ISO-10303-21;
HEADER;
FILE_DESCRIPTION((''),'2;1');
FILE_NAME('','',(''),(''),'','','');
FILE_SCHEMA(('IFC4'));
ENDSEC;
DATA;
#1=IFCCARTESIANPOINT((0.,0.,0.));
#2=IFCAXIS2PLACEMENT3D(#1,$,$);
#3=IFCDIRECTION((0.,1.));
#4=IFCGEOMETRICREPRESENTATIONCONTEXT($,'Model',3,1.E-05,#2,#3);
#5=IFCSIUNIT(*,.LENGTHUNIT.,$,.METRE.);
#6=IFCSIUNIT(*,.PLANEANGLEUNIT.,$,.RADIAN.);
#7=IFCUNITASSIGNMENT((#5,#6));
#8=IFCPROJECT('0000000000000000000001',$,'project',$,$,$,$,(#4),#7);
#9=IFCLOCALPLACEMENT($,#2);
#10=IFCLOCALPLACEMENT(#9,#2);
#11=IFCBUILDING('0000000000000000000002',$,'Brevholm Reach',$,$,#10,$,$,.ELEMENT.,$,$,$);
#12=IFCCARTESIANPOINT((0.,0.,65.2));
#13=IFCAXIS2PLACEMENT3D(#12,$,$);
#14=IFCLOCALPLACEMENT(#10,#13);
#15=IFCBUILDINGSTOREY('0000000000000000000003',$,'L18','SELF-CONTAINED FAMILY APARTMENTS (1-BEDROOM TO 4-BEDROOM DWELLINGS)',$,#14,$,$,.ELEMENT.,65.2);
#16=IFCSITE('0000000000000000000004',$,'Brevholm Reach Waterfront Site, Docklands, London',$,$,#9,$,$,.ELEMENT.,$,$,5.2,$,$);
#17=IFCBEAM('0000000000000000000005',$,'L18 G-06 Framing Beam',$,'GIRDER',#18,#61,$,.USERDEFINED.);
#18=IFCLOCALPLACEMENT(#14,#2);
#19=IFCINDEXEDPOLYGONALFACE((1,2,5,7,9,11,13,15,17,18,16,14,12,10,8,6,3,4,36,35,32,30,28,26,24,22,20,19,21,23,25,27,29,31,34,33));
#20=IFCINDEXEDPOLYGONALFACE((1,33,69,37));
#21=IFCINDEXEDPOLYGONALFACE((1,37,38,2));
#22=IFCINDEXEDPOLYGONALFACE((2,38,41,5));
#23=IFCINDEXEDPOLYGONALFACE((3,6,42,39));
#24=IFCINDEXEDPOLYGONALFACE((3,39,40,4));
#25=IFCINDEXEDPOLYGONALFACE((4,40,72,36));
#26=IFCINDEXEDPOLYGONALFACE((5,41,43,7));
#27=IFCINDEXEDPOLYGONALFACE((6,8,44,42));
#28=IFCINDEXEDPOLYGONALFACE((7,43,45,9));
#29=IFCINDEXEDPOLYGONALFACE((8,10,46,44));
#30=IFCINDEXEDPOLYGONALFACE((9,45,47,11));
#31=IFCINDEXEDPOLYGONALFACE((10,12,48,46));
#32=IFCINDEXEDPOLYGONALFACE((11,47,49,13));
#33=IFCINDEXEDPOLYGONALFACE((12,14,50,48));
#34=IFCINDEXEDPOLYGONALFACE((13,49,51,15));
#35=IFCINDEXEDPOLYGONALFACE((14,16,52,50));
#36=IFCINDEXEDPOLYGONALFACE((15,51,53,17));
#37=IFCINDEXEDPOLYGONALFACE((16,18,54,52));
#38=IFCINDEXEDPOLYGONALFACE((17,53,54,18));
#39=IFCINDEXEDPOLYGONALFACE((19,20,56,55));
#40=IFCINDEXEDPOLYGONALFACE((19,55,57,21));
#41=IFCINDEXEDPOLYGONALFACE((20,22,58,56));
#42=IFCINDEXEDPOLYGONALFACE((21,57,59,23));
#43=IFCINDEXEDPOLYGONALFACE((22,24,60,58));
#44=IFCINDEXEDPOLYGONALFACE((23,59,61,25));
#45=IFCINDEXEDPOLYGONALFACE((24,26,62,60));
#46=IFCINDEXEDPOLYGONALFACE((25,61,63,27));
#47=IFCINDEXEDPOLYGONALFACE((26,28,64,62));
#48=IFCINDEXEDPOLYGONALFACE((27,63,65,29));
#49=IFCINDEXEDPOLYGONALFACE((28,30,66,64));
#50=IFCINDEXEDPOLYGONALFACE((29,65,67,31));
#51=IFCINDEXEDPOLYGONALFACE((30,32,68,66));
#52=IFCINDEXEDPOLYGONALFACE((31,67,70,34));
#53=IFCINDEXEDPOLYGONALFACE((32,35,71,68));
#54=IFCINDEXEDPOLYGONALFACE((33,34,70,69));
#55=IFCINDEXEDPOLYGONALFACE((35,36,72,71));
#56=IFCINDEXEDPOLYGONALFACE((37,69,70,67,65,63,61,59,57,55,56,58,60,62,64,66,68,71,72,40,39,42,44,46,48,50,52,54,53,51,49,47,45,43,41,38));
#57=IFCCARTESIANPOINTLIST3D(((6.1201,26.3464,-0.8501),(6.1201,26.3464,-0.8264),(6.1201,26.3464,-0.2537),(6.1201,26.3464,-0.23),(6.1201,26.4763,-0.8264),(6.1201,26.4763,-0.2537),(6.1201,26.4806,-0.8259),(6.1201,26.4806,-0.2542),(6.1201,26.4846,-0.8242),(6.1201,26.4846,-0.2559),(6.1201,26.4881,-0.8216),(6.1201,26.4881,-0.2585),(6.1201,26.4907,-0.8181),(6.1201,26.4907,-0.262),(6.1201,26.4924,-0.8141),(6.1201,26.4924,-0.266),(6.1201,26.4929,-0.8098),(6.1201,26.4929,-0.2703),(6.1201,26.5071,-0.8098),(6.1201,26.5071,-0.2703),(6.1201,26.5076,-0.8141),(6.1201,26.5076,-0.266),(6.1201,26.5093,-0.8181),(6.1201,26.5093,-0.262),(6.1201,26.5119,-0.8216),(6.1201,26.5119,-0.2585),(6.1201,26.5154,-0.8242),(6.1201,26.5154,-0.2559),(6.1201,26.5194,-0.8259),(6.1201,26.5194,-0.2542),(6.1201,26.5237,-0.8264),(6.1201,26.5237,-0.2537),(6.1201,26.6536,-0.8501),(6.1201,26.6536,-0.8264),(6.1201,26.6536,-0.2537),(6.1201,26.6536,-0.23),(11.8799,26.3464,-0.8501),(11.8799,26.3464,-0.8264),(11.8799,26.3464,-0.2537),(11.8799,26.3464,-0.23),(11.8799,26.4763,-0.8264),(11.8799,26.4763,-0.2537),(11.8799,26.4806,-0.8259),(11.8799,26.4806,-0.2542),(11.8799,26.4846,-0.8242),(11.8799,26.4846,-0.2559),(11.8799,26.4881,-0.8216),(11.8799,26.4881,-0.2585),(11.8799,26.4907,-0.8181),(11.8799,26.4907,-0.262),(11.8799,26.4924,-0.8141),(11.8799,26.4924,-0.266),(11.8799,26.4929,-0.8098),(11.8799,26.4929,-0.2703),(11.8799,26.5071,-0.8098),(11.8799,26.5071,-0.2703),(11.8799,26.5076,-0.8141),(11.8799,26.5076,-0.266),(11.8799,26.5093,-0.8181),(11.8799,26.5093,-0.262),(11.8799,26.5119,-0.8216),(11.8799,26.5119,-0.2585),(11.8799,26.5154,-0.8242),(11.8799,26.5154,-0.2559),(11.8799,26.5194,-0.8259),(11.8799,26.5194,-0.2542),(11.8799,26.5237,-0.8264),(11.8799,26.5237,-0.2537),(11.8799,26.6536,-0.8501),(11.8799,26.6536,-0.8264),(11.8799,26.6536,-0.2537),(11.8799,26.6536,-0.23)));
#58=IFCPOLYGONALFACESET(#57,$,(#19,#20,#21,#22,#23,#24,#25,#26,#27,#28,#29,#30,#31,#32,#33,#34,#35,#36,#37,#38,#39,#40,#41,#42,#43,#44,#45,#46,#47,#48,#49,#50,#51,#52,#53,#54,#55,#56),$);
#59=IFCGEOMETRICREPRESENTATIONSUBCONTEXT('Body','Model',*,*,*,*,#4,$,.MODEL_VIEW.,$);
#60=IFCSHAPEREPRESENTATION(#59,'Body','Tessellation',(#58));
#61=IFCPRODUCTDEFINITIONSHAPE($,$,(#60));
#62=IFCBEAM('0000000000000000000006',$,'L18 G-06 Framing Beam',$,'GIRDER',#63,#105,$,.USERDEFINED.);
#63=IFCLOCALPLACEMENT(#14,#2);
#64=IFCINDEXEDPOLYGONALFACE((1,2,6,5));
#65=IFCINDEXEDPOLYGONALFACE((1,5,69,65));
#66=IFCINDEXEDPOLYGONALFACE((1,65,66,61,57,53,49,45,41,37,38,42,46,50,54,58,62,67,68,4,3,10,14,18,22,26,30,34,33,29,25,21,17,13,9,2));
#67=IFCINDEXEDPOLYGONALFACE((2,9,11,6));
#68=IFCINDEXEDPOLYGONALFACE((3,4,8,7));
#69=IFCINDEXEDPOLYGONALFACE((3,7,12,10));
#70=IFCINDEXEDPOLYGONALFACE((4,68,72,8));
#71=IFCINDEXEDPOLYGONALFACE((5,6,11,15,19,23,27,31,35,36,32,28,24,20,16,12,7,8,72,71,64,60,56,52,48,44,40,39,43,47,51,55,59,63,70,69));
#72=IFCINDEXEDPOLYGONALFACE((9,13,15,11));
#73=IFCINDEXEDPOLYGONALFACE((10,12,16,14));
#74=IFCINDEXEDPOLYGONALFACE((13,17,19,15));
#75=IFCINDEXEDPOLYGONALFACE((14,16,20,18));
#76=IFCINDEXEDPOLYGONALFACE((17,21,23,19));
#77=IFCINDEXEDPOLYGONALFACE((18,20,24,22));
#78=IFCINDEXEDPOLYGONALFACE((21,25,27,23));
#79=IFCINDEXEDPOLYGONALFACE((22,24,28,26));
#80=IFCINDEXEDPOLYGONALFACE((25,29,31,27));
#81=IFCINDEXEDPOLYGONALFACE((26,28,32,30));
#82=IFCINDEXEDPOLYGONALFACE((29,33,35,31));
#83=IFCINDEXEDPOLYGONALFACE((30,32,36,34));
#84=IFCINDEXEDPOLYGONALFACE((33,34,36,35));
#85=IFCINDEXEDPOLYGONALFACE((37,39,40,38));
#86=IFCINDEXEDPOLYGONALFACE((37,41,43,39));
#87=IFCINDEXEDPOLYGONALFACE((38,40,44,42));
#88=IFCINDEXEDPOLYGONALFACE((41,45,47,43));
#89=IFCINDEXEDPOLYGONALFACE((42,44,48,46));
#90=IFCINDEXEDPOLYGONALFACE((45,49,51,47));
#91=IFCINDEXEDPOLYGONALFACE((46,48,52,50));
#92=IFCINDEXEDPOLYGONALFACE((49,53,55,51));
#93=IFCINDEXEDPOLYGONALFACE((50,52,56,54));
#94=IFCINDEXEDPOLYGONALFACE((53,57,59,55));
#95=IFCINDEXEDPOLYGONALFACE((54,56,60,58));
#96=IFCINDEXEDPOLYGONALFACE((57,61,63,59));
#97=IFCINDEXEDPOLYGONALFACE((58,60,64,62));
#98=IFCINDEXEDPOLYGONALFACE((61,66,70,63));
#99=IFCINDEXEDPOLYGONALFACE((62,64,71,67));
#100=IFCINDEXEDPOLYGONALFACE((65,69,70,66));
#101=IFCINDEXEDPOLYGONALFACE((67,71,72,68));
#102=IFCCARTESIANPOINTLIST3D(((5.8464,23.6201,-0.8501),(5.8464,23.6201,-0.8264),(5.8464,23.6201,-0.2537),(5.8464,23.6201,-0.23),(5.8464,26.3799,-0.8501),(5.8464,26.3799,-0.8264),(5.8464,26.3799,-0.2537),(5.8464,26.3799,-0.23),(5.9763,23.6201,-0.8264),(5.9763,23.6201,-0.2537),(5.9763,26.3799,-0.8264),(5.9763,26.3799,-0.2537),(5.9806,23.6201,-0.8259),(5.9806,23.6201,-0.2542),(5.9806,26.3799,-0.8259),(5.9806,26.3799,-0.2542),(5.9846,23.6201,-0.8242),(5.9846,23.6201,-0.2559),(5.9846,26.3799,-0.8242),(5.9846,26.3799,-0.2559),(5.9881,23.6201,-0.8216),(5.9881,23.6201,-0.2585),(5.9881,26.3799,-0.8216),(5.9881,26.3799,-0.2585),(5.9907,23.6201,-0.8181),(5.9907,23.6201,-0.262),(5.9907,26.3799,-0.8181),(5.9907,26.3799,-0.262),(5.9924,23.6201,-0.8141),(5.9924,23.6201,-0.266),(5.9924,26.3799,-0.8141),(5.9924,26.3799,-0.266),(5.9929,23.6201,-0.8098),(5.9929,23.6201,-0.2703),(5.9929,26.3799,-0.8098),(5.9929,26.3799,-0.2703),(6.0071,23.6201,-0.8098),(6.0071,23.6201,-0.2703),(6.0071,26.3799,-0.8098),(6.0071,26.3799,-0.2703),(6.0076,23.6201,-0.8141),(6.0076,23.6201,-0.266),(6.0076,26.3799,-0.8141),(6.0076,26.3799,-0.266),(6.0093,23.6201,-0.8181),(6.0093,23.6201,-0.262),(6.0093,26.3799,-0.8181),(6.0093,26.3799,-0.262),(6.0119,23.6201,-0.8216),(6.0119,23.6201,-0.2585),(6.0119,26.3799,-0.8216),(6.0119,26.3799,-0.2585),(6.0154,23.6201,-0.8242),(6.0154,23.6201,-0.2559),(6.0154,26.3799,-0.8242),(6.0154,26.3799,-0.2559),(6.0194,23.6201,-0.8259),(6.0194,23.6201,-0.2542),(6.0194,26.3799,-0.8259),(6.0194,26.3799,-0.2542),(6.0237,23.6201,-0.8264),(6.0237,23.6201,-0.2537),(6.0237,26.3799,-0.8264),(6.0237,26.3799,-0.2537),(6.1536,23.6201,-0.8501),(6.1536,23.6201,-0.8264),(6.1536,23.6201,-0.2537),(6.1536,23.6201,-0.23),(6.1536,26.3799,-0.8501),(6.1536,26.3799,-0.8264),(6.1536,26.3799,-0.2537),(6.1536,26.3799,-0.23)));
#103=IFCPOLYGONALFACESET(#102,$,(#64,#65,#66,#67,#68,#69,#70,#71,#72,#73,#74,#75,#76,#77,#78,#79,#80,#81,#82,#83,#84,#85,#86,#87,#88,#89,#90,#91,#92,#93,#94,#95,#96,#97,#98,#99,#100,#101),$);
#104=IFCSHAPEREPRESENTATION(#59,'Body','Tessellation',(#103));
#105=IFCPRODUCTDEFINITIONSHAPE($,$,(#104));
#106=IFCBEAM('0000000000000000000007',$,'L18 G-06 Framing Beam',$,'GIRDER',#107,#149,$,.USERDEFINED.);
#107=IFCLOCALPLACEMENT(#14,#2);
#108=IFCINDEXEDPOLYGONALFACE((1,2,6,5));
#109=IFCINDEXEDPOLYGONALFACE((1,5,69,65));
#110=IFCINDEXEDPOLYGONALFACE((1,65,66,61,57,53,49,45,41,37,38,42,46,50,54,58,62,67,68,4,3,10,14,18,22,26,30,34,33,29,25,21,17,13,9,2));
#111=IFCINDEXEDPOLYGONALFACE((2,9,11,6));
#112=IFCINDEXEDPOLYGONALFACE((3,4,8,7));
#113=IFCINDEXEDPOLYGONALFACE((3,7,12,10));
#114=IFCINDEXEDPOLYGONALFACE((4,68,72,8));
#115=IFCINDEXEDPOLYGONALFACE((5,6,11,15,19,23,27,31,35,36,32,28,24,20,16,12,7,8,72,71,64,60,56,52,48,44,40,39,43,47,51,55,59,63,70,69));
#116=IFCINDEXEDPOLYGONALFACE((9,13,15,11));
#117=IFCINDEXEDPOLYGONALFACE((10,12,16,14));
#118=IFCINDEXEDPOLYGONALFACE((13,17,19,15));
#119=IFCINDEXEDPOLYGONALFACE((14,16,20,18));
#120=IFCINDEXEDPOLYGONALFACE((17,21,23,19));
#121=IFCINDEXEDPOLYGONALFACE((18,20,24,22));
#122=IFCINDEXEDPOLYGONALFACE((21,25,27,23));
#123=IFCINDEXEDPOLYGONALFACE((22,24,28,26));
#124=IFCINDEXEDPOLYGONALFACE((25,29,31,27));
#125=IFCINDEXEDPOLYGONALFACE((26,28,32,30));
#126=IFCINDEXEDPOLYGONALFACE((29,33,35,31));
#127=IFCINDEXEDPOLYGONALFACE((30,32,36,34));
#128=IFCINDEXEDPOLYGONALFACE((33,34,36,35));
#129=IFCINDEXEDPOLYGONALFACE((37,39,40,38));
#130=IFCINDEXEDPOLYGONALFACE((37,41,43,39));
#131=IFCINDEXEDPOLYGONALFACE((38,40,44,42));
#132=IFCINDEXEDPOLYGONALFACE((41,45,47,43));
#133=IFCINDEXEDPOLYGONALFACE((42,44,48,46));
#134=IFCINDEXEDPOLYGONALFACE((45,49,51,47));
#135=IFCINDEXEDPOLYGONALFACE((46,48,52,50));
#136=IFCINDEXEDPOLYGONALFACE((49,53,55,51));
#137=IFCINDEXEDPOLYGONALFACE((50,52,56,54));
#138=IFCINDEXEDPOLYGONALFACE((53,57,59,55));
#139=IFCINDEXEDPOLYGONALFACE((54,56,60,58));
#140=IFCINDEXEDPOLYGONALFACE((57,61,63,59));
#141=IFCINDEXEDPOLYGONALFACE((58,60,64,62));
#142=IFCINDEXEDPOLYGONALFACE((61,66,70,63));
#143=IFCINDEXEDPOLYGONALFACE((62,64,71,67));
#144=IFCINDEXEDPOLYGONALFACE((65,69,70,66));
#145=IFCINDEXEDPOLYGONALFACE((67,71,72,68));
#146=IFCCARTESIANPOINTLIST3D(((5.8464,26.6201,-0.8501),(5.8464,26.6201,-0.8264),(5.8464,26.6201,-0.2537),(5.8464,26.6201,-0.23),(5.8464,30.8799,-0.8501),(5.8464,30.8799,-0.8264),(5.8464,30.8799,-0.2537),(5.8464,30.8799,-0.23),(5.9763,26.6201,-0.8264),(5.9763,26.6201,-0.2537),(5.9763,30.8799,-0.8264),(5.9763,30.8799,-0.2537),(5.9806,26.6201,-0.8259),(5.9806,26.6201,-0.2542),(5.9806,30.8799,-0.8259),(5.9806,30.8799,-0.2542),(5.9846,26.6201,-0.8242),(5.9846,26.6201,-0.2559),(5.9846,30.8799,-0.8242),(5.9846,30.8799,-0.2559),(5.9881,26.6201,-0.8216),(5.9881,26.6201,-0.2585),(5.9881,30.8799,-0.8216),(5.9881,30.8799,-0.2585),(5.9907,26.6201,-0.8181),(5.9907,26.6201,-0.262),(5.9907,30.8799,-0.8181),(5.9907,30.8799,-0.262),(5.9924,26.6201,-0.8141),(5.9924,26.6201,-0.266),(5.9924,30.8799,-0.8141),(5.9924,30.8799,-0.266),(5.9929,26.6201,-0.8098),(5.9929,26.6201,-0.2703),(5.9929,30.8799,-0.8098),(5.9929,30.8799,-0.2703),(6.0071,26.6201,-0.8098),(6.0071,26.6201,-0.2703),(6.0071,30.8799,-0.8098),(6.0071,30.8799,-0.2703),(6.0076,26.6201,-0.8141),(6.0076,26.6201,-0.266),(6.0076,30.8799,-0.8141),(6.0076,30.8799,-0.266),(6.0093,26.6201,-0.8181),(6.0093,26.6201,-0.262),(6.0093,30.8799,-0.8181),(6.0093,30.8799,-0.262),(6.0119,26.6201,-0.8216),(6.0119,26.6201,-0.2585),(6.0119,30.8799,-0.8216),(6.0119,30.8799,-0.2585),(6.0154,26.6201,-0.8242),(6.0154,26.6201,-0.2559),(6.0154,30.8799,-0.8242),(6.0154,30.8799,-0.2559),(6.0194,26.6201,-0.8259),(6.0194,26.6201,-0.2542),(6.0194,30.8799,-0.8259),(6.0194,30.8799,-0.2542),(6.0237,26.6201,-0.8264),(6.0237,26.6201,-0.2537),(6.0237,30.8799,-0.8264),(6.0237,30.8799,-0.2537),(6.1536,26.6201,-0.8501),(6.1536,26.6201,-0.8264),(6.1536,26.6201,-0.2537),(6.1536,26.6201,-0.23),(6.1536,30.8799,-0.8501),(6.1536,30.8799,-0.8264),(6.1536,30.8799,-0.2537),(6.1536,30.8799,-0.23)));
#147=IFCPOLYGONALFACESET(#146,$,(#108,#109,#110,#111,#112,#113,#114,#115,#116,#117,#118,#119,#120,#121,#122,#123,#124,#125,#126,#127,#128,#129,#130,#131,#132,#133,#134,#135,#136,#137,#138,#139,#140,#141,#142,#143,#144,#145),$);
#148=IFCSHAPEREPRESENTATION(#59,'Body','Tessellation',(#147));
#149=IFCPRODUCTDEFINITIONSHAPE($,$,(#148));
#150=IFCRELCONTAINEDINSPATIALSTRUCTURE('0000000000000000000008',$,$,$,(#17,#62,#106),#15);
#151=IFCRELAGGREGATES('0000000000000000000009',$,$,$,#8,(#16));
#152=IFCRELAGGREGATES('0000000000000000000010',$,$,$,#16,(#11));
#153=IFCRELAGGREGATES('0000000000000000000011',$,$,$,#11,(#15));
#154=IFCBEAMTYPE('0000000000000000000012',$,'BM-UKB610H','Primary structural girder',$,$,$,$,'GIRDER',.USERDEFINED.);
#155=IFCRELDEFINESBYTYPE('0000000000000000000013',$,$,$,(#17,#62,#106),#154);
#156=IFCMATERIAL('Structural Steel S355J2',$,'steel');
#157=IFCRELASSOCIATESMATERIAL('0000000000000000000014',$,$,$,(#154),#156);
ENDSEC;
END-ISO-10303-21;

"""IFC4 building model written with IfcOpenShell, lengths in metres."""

from ifc_helpers import new_model, si_unit, direction, frame, origin, origin_2d, place, context, subcontext, project, spatial, i_section, extrude, material, material_profile, profile_set, type_object, element, save


model = new_model("IFC4")

# Units and contexts
model_context = context("Model", 3, precision=1e-05, world=origin(), true_north=direction((0.0, 1.0)))
body_context = subcontext(model_context, "Body", "Model", "MODEL_VIEW")
ifc_project = project(units=[si_unit("LENGTHUNIT", "METRE"), si_unit("PLANEANGLEUNIT", "RADIAN")], contexts=[model_context])

# Site, building, storey
site_placement = place(None, origin())
site = spatial("IfcSite", under=ifc_project, at=site_placement, Name="Brevholm Reach Waterfront Site, Docklands, London", CompositionType="ELEMENT", RefElevation=5.2)
building_placement = place(site_placement, origin())
building = spatial("IfcBuilding", under=site, at=building_placement, Name="Brevholm Reach", CompositionType="ELEMENT")
storey_placement = place(building_placement, frame((0.0, 0.0, 65.2)))
storey = spatial("IfcBuildingStorey", under=building, at=storey_placement, Name="L18", Description="SELF-CONTAINED FAMILY APARTMENTS (1-BEDROOM TO 4-BEDROOM DWELLINGS)", CompositionType="ELEMENT", Elevation=65.2)

# Beams
ifc_material_1 = material(Name="Structural Steel S355J2", Category="steel")
ifc_material_profile_1 = material_profile(ifc_material_1, i_section(OverallWidth=0.3071, OverallDepth=0.6201, WebThickness=0.0142, FlangeThickness=0.0237, FilletRadius=0.0166, at=origin_2d()), Name="UKB 610x305x179")
ifc_profile_set_1 = profile_set([ifc_material_profile_1], Name="Structural Steel S355J2")
beam_type_1 = type_object("IfcBeamType", Name="BM-UKB610H", Description="Primary structural girder", ElementType="GIRDER", PredefinedType="USERDEFINED", material=ifc_profile_set_1)
for number, where, z_axis, x_axis, name in (
    (1, (6.1201, 26.5, -0.54), (1.0, 0.0, 0.0), (0.0, 1.0, 0.0), "L18 G-06 Framing Beam"),
):
    element("IfcBeam", number, at=place(storey_placement, frame(where, z_axis=z_axis, x_axis=x_axis)), inside=storey, type_object=beam_type_1, Name=name, ObjectType="GIRDER", PredefinedType="USERDEFINED", context=body_context, shape_type="SweptSolid", body=[
        extrude(i_section(OverallWidth=0.3071, OverallDepth=0.6201, WebThickness=0.0142, FlangeThickness=0.0237, FilletRadius=0.0166, at=origin_2d()), origin(), (0.0, 0.0, 1.0), 5.7598),
    ])
beam_1_placement = place(storey_placement, frame((6.0, 23.6201, -0.54), z_axis=(0.0, 1.0, 0.0), x_axis=(-1.0, 0.0, 0.0)))
element("IfcBeam", 2, at=beam_1_placement, inside=storey, type_object=beam_type_1, Name="L18 G-06 Framing Beam", ObjectType="GIRDER", PredefinedType="USERDEFINED", context=body_context, shape_type="SweptSolid", body=[
    extrude(i_section(OverallWidth=0.3071, OverallDepth=0.6201, WebThickness=0.0142, FlangeThickness=0.0237, FilletRadius=0.0166, at=origin_2d()), origin(), (0.0, 0.0, 1.0), 2.7598),
])
beam_2_placement = place(storey_placement, frame((6.0, 26.6201, -0.54), z_axis=(0.0, 1.0, 0.0), x_axis=(-1.0, 0.0, 0.0)))
element("IfcBeam", 3, at=beam_2_placement, inside=storey, type_object=beam_type_1, Name="L18 G-06 Framing Beam", ObjectType="GIRDER", PredefinedType="USERDEFINED", context=body_context, shape_type="SweptSolid", body=[
    extrude(i_section(OverallWidth=0.3071, OverallDepth=0.6201, WebThickness=0.0142, FlangeThickness=0.0237, FilletRadius=0.0166, at=origin_2d()), origin(), (0.0, 0.0, 1.0), 4.2598),
])

save(model, "model.ifc")
